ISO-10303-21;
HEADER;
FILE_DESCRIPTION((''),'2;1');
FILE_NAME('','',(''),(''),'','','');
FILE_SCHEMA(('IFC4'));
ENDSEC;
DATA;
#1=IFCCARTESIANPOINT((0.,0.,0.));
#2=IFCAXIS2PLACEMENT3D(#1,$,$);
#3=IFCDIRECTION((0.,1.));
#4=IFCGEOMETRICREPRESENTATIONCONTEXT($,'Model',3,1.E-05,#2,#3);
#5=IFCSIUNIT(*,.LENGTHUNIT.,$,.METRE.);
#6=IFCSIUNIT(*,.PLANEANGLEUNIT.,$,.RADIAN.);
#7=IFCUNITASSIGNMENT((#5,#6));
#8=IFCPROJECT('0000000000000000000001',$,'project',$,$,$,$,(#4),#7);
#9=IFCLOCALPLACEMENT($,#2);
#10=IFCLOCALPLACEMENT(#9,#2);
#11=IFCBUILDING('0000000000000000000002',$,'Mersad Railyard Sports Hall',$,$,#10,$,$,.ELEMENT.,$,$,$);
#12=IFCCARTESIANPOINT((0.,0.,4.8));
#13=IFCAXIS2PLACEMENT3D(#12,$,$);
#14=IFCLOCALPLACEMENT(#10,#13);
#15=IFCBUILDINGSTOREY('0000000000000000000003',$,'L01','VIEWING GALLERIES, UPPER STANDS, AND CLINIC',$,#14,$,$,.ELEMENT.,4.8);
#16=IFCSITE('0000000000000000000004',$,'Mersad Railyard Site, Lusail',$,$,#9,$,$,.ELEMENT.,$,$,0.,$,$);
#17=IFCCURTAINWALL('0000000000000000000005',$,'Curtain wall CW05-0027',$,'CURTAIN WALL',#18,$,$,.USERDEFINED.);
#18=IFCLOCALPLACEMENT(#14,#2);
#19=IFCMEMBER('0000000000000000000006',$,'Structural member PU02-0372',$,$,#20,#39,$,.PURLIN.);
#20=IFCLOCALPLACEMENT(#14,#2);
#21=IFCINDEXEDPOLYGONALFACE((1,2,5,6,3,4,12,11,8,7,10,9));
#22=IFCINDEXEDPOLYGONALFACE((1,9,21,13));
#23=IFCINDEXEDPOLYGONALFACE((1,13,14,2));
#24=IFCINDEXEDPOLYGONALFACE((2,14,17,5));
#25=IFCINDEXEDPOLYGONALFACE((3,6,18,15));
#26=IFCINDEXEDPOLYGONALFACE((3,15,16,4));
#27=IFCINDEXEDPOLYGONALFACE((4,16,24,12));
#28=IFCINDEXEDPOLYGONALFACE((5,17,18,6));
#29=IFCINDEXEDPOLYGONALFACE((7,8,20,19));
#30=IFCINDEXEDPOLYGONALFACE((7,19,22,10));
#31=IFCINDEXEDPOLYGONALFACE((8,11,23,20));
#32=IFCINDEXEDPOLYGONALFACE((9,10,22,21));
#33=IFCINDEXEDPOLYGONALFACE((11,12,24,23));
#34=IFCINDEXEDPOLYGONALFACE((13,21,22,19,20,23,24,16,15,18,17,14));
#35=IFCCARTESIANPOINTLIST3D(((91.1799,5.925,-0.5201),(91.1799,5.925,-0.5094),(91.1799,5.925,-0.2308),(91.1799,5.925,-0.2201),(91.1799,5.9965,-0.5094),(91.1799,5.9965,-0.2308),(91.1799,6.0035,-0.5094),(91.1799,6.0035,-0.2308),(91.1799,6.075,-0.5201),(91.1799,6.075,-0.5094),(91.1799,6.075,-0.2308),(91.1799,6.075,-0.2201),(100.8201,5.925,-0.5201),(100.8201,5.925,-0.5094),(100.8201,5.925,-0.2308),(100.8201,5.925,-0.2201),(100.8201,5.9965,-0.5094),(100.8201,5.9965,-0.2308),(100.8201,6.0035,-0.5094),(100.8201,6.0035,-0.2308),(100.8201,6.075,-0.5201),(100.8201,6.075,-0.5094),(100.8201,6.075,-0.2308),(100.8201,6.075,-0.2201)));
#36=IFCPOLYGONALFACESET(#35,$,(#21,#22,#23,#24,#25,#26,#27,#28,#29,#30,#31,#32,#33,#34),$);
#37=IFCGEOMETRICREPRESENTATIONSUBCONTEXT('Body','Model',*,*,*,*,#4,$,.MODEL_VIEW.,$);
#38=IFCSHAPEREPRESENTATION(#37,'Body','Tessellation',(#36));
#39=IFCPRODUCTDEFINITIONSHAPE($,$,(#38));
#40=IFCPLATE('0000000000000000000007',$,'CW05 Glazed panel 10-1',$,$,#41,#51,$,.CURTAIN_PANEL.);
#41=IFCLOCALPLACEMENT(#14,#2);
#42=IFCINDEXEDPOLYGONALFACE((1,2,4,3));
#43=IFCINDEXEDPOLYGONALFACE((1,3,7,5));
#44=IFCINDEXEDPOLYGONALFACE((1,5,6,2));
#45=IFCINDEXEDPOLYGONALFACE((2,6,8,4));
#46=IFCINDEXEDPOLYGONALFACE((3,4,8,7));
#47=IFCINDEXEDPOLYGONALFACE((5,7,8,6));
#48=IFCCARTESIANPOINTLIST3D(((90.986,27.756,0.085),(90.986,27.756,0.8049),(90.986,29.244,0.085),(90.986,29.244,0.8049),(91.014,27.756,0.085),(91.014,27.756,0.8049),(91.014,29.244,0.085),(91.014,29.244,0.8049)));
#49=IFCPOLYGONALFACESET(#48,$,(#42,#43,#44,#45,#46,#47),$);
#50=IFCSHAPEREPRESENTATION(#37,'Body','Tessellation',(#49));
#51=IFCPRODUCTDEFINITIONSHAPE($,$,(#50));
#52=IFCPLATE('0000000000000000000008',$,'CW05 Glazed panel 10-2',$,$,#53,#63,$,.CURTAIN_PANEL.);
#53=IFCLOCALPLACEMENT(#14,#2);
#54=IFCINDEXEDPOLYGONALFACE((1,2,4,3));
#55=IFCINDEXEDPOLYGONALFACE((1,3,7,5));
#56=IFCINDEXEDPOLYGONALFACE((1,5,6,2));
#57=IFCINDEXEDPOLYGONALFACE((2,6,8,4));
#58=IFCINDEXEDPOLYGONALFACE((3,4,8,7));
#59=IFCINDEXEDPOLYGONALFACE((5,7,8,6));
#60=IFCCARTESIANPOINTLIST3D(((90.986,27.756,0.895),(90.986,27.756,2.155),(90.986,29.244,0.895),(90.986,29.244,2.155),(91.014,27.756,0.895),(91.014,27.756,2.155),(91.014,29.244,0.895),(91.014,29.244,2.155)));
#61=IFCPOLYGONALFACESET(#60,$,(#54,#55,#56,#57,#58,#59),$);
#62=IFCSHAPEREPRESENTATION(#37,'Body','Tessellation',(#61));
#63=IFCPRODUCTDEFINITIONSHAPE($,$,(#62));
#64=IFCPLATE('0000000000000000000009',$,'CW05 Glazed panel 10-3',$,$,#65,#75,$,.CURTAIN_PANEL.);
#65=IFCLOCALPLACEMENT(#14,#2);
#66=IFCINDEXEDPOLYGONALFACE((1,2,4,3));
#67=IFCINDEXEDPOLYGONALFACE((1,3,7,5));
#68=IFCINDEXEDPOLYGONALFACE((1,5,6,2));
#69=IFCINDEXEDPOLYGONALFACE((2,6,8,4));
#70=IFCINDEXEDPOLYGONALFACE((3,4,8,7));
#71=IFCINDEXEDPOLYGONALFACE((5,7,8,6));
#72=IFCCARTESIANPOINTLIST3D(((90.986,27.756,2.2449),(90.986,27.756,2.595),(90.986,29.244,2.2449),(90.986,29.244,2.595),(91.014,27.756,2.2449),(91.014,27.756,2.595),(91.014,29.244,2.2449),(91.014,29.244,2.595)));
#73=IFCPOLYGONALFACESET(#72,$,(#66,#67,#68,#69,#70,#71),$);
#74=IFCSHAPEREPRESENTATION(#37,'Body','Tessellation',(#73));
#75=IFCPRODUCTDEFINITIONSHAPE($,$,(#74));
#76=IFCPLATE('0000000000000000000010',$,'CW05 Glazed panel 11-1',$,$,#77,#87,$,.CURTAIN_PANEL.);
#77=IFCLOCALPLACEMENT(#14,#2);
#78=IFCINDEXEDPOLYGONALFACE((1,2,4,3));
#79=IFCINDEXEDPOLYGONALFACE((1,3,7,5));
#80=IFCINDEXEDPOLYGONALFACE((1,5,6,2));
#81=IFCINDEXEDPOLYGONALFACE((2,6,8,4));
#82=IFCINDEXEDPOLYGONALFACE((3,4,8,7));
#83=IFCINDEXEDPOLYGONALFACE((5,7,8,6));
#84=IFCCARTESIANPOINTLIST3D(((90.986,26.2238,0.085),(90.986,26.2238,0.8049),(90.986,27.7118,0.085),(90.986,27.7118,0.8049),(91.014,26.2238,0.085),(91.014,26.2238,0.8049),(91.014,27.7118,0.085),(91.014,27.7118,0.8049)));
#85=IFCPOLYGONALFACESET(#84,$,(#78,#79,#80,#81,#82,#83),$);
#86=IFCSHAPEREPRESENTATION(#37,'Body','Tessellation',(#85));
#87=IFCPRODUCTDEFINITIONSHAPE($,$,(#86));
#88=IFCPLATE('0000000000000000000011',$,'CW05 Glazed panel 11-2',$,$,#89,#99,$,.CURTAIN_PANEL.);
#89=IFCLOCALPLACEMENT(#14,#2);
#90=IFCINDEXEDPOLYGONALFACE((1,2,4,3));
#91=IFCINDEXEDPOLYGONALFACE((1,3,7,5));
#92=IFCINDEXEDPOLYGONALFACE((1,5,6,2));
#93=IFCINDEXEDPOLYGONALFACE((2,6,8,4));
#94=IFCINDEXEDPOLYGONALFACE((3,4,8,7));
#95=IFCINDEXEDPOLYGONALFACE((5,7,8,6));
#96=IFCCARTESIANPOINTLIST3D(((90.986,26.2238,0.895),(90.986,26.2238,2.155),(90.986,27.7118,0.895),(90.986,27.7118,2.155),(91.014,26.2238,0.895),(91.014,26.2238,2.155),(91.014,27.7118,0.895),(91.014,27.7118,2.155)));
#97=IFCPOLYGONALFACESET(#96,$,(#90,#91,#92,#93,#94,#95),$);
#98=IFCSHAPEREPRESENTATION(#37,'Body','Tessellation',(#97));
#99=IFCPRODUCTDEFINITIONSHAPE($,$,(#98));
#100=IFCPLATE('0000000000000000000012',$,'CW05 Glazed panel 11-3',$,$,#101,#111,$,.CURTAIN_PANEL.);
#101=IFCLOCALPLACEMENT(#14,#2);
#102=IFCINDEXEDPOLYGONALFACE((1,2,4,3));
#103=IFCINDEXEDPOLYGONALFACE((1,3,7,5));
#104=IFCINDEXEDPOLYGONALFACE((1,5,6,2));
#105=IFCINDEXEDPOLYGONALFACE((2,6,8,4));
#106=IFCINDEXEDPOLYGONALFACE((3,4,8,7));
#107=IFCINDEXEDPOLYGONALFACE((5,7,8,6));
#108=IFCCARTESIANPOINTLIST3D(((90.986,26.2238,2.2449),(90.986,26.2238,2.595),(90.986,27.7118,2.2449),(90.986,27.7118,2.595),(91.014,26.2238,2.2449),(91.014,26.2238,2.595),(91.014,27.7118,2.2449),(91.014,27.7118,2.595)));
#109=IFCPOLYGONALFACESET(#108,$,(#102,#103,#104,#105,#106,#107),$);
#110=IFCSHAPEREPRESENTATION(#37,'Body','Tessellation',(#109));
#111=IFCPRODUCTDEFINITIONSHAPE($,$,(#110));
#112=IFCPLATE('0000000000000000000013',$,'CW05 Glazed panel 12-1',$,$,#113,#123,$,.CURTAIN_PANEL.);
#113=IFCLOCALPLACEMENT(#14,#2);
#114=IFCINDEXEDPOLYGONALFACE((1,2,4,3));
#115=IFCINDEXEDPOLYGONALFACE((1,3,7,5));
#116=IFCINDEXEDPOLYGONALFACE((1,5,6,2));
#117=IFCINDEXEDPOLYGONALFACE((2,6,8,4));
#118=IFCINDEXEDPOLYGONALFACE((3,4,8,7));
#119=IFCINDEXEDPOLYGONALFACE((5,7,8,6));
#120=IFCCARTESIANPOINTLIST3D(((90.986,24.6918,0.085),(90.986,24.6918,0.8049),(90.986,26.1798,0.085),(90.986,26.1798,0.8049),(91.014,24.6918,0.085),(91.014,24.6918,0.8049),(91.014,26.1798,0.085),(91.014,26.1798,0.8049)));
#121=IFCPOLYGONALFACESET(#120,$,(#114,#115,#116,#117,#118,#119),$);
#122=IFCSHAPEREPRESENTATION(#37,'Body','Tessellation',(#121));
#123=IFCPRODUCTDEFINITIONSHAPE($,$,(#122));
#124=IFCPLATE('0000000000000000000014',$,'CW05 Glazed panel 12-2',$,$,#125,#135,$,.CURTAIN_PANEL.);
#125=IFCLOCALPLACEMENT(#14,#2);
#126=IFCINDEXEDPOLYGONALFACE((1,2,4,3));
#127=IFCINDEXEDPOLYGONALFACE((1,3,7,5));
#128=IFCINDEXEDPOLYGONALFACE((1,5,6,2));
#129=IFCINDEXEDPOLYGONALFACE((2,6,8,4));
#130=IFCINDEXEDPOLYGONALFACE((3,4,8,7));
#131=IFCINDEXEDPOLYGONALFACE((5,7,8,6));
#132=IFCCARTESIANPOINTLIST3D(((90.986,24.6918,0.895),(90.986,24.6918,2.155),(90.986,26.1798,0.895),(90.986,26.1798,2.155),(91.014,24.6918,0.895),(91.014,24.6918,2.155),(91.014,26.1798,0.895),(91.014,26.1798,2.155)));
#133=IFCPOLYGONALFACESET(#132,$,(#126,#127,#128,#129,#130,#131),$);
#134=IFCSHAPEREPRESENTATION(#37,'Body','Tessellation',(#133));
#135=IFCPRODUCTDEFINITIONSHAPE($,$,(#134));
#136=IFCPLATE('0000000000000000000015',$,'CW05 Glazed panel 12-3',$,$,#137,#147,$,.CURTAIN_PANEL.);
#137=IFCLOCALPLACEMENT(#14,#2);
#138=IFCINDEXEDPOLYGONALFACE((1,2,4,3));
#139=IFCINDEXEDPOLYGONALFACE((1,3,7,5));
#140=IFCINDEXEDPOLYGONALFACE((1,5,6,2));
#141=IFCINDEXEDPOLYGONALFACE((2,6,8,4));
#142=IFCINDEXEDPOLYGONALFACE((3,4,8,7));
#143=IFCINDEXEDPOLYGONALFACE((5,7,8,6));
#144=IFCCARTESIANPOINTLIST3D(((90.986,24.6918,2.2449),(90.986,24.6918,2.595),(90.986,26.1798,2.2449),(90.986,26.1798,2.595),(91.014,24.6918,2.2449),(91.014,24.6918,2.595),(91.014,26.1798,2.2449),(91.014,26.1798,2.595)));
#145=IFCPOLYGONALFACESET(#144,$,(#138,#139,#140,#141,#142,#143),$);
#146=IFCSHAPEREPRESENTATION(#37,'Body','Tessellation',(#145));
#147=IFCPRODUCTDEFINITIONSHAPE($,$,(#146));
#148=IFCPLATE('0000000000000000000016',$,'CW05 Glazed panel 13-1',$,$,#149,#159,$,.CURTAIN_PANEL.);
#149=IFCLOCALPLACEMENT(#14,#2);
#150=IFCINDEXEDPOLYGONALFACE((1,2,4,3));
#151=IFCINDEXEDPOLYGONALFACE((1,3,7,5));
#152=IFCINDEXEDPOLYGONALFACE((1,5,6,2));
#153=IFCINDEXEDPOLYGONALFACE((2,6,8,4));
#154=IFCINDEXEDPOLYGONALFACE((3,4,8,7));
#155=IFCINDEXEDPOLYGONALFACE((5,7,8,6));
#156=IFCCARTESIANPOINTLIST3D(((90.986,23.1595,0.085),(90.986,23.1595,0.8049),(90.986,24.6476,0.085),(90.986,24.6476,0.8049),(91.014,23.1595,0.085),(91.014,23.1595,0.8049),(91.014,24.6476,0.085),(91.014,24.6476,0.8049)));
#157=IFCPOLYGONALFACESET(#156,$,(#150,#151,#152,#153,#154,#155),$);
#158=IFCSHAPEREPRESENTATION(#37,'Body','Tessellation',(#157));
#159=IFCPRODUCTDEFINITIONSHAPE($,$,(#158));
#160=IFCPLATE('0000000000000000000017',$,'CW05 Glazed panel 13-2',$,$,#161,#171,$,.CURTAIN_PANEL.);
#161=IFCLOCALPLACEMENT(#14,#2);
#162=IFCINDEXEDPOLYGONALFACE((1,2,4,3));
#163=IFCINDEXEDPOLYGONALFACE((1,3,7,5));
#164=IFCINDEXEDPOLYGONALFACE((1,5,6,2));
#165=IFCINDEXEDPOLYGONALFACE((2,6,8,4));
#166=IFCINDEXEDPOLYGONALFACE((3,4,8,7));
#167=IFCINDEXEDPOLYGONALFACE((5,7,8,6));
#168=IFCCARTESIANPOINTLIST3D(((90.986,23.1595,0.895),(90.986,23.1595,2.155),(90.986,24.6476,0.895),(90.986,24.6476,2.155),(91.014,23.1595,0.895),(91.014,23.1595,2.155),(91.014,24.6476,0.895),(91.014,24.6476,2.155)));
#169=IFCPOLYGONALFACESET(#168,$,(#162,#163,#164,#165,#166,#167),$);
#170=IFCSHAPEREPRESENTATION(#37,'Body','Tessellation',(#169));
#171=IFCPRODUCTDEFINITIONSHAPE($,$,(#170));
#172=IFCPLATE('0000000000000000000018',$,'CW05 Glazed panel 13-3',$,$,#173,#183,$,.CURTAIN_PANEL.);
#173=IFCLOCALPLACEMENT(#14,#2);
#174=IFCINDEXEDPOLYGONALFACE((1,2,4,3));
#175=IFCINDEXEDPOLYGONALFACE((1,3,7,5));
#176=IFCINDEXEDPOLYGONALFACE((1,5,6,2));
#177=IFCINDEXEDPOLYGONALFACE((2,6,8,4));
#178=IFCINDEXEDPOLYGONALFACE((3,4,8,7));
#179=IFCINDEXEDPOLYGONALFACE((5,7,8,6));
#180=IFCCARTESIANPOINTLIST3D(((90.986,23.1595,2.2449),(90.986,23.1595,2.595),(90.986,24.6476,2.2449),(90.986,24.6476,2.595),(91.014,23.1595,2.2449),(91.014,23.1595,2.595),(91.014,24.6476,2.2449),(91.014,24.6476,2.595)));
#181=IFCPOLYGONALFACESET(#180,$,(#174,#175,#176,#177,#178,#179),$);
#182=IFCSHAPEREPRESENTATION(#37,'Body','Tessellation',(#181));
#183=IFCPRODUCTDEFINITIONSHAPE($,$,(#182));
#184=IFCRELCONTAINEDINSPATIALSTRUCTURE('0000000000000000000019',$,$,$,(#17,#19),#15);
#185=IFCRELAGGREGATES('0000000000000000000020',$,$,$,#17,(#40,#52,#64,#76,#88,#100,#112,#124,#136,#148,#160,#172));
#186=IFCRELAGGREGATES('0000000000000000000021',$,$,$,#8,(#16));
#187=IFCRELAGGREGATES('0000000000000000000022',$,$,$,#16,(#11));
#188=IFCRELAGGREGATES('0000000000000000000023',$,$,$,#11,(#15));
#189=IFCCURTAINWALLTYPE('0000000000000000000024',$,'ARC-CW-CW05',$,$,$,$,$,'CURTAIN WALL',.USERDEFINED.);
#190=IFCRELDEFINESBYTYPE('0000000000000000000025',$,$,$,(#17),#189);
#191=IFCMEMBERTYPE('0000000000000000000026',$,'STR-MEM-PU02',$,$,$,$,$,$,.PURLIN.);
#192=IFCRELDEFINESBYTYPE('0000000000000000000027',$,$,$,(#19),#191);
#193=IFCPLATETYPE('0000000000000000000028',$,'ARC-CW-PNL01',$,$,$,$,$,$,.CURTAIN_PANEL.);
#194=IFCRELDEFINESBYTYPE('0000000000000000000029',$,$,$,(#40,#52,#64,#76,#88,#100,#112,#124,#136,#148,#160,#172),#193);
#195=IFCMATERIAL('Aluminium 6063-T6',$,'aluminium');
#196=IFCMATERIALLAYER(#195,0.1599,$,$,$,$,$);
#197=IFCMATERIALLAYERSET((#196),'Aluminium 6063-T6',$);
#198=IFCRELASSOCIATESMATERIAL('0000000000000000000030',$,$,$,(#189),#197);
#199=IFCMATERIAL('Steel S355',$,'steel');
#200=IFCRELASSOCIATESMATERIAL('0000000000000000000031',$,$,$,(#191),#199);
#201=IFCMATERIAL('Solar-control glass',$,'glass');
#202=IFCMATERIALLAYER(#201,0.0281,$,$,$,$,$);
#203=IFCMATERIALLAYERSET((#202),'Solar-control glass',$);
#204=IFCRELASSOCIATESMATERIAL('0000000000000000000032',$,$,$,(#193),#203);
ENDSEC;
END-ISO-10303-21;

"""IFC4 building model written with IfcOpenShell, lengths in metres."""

from ifc_helpers import new_model, si_unit, direction, frame, origin, origin_2d, place, context, subcontext, project, spatial, rectangle, i_section, extrude, material, layer, layer_set, material_profile, profile_set, type_object, element, aggregate, save


model = new_model("IFC4")

# Units and contexts
model_context = context("Model", 3, precision=1e-05, world=origin(), true_north=direction((0.0, 1.0)))
body_context = subcontext(model_context, "Body", "Model", "MODEL_VIEW")
ifc_project = project(units=[si_unit("LENGTHUNIT", "METRE"), si_unit("PLANEANGLEUNIT", "RADIAN")], contexts=[model_context])

# Site, building, storey
site_placement = place(None, origin())
site = spatial("IfcSite", under=ifc_project, at=site_placement, Name="Mersad Railyard Site, Lusail", CompositionType="ELEMENT", RefElevation=0.0)
building_placement = place(site_placement, origin())
building = spatial("IfcBuilding", under=site, at=building_placement, Name="Mersad Railyard Sports Hall", CompositionType="ELEMENT")
storey_placement = place(building_placement, frame((0.0, 0.0, 4.8)))
storey = spatial("IfcBuildingStorey", under=building, at=storey_placement, Name="L01", Description="VIEWING GALLERIES, UPPER STANDS, AND CLINIC", CompositionType="ELEMENT", Elevation=4.8)

# Curtain wall
ifc_material_1 = material(Name="Aluminium 6063-T6", Category="aluminium")
ifc_layer_1 = layer(ifc_material_1, 0.1599)
ifc_layer_set_1 = layer_set([ifc_layer_1], Name="Aluminium 6063-T6")
curtain_wall_type = type_object("IfcCurtainWallType", Name="ARC-CW-CW05", ElementType="CURTAIN WALL", PredefinedType="USERDEFINED", material=ifc_layer_set_1)
curtain_wall_placement = place(storey_placement, origin())
curtain_wall = element("IfcCurtainWall", 1, at=curtain_wall_placement, inside=storey, type_object=curtain_wall_type, Name="Curtain wall CW05-0027", ObjectType="CURTAIN WALL", PredefinedType="USERDEFINED")

# Member
ifc_material_2 = material(Name="Steel S355", Category="steel")
ifc_material_profile_1 = material_profile(ifc_material_2, i_section(OverallWidth=0.1499, OverallDepth=0.3, WebThickness=0.0071, FlangeThickness=0.0107, at=origin_2d()), Name="IPE 300")
ifc_profile_set_1 = profile_set([ifc_material_profile_1], Name="Steel S355")
member_type_1 = type_object("IfcMemberType", Name="STR-MEM-PU02", PredefinedType="PURLIN", material=ifc_profile_set_1)
member_1_placement = place(storey_placement, frame((91.1799, 6.0, -0.3701), z_axis=(1.0, 0.0, 0.0), x_axis=(0.0, 1.0, 0.0)))
element("IfcMember", 2, at=member_1_placement, inside=storey, type_object=member_type_1, Name="Structural member PU02-0372", PredefinedType="PURLIN", context=body_context, shape_type="SweptSolid", body=[
    extrude(i_section(OverallWidth=0.1499, OverallDepth=0.3, WebThickness=0.0071, FlangeThickness=0.0107, at=origin_2d()), origin(), (0.0, 0.0, 1.0), 9.6401),
])

# Plates
ifc_material_3 = material(Name="Solar-control glass", Category="glass")
ifc_layer_2 = layer(ifc_material_3, 0.0281)
ifc_layer_set_2 = layer_set([ifc_layer_2], Name="Solar-control glass")
plate_type = type_object("IfcPlateType", Name="ARC-CW-PNL01", PredefinedType="CURTAIN_PANEL", material=ifc_layer_set_2)
plate_1_placement = place(storey_placement, frame((91.0, 28.5, 0.085), z_axis=(0.0, 0.0, 1.0), x_axis=(0.0, -1.0, 0.0)))
plate_1 = element("IfcPlate", 3, at=plate_1_placement, type_object=plate_type, Name="CW05 Glazed panel 10-1", PredefinedType="CURTAIN_PANEL", context=body_context, shape_type="SweptSolid", body=[
    extrude(rectangle(XDim=1.488, YDim=0.0281, at=origin_2d()), origin(), (0.0, 0.0, 1.0), 0.72),
])
plate_2_placement = place(storey_placement, frame((91.0, 28.5, 0.895), z_axis=(0.0, 0.0, 1.0), x_axis=(0.0, -1.0, 0.0)))
plate_2 = element("IfcPlate", 4, at=plate_2_placement, type_object=plate_type, Name="CW05 Glazed panel 10-2", PredefinedType="CURTAIN_PANEL", context=body_context, shape_type="SweptSolid", body=[
    extrude(rectangle(XDim=1.488, YDim=0.0281, at=origin_2d()), origin(), (0.0, 0.0, 1.0), 1.26),
])
plate_3_placement = place(storey_placement, frame((91.0, 28.5, 2.2449), z_axis=(0.0, 0.0, 1.0), x_axis=(0.0, -1.0, 0.0)))
plate_3 = element("IfcPlate", 5, at=plate_3_placement, type_object=plate_type, Name="CW05 Glazed panel 10-3", PredefinedType="CURTAIN_PANEL", context=body_context, shape_type="SweptSolid", body=[
    extrude(rectangle(XDim=1.488, YDim=0.0281, at=origin_2d()), origin(), (0.0, 0.0, 1.0), 0.3501),
])
plate_4_placement = place(storey_placement, frame((91.0, 26.9678, 0.085), z_axis=(0.0, 0.0, 1.0), x_axis=(0.0, -1.0, 0.0)))
plate_4 = element("IfcPlate", 6, at=plate_4_placement, type_object=plate_type, Name="CW05 Glazed panel 11-1", PredefinedType="CURTAIN_PANEL", context=body_context, shape_type="SweptSolid", body=[
    extrude(rectangle(XDim=1.488, YDim=0.0281, at=origin_2d()), origin(), (0.0, 0.0, 1.0), 0.72),
])
plate_5_placement = place(storey_placement, frame((91.0, 26.9678, 0.895), z_axis=(0.0, 0.0, 1.0), x_axis=(0.0, -1.0, 0.0)))
plate_5 = element("IfcPlate", 7, at=plate_5_placement, type_object=plate_type, Name="CW05 Glazed panel 11-2", PredefinedType="CURTAIN_PANEL", context=body_context, shape_type="SweptSolid", body=[
    extrude(rectangle(XDim=1.488, YDim=0.0281, at=origin_2d()), origin(), (0.0, 0.0, 1.0), 1.26),
])
plate_6_placement = place(storey_placement, frame((91.0, 26.9678, 2.2449), z_axis=(0.0, 0.0, 1.0), x_axis=(0.0, -1.0, 0.0)))
plate_6 = element("IfcPlate", 8, at=plate_6_placement, type_object=plate_type, Name="CW05 Glazed panel 11-3", PredefinedType="CURTAIN_PANEL", context=body_context, shape_type="SweptSolid", body=[
    extrude(rectangle(XDim=1.488, YDim=0.0281, at=origin_2d()), origin(), (0.0, 0.0, 1.0), 0.3501),
])
plate_7_placement = place(storey_placement, frame((91.0, 25.4358, 0.085), z_axis=(0.0, 0.0, 1.0), x_axis=(0.0, -1.0, 0.0)))
plate_7 = element("IfcPlate", 9, at=plate_7_placement, type_object=plate_type, Name="CW05 Glazed panel 12-1", PredefinedType="CURTAIN_PANEL", context=body_context, shape_type="SweptSolid", body=[
    extrude(rectangle(XDim=1.488, YDim=0.0281, at=origin_2d()), origin(), (0.0, 0.0, 1.0), 0.72),
])
plate_8_placement = place(storey_placement, frame((91.0, 25.4358, 0.895), z_axis=(0.0, 0.0, 1.0), x_axis=(0.0, -1.0, 0.0)))
plate_8 = element("IfcPlate", 10, at=plate_8_placement, type_object=plate_type, Name="CW05 Glazed panel 12-2", PredefinedType="CURTAIN_PANEL", context=body_context, shape_type="SweptSolid", body=[
    extrude(rectangle(XDim=1.488, YDim=0.0281, at=origin_2d()), origin(), (0.0, 0.0, 1.0), 1.26),
])
plate_9_placement = place(storey_placement, frame((91.0, 25.4358, 2.2449), z_axis=(0.0, 0.0, 1.0), x_axis=(0.0, -1.0, 0.0)))
plate_9 = element("IfcPlate", 11, at=plate_9_placement, type_object=plate_type, Name="CW05 Glazed panel 12-3", PredefinedType="CURTAIN_PANEL", context=body_context, shape_type="SweptSolid", body=[
    extrude(rectangle(XDim=1.488, YDim=0.0281, at=origin_2d()), origin(), (0.0, 0.0, 1.0), 0.3501),
])
plate_10_placement = place(storey_placement, frame((91.0, 23.9036, 0.085), z_axis=(0.0, 0.0, 1.0), x_axis=(0.0, -1.0, 0.0)))
plate_10 = element("IfcPlate", 12, at=plate_10_placement, type_object=plate_type, Name="CW05 Glazed panel 13-1", PredefinedType="CURTAIN_PANEL", context=body_context, shape_type="SweptSolid", body=[
    extrude(rectangle(XDim=1.488, YDim=0.0281, at=origin_2d()), origin(), (0.0, 0.0, 1.0), 0.72),
])
plate_11_placement = place(storey_placement, frame((91.0, 23.9036, 0.895), z_axis=(0.0, 0.0, 1.0), x_axis=(0.0, -1.0, 0.0)))
plate_11 = element("IfcPlate", 13, at=plate_11_placement, type_object=plate_type, Name="CW05 Glazed panel 13-2", PredefinedType="CURTAIN_PANEL", context=body_context, shape_type="SweptSolid", body=[
    extrude(rectangle(XDim=1.488, YDim=0.0281, at=origin_2d()), origin(), (0.0, 0.0, 1.0), 1.26),
])
plate_12_placement = place(storey_placement, frame((91.0, 23.9036, 2.2449), z_axis=(0.0, 0.0, 1.0), x_axis=(0.0, -1.0, 0.0)))
plate_12 = element("IfcPlate", 14, at=plate_12_placement, type_object=plate_type, Name="CW05 Glazed panel 13-3", PredefinedType="CURTAIN_PANEL", context=body_context, shape_type="SweptSolid", body=[
    extrude(rectangle(XDim=1.488, YDim=0.0281, at=origin_2d()), origin(), (0.0, 0.0, 1.0), 0.3501),
])
aggregate(curtain_wall, [plate_1, plate_2, plate_3, plate_4, plate_5, plate_6, plate_7, plate_8, plate_9, plate_10, plate_11, plate_12])

save(model, "model.ifc")
